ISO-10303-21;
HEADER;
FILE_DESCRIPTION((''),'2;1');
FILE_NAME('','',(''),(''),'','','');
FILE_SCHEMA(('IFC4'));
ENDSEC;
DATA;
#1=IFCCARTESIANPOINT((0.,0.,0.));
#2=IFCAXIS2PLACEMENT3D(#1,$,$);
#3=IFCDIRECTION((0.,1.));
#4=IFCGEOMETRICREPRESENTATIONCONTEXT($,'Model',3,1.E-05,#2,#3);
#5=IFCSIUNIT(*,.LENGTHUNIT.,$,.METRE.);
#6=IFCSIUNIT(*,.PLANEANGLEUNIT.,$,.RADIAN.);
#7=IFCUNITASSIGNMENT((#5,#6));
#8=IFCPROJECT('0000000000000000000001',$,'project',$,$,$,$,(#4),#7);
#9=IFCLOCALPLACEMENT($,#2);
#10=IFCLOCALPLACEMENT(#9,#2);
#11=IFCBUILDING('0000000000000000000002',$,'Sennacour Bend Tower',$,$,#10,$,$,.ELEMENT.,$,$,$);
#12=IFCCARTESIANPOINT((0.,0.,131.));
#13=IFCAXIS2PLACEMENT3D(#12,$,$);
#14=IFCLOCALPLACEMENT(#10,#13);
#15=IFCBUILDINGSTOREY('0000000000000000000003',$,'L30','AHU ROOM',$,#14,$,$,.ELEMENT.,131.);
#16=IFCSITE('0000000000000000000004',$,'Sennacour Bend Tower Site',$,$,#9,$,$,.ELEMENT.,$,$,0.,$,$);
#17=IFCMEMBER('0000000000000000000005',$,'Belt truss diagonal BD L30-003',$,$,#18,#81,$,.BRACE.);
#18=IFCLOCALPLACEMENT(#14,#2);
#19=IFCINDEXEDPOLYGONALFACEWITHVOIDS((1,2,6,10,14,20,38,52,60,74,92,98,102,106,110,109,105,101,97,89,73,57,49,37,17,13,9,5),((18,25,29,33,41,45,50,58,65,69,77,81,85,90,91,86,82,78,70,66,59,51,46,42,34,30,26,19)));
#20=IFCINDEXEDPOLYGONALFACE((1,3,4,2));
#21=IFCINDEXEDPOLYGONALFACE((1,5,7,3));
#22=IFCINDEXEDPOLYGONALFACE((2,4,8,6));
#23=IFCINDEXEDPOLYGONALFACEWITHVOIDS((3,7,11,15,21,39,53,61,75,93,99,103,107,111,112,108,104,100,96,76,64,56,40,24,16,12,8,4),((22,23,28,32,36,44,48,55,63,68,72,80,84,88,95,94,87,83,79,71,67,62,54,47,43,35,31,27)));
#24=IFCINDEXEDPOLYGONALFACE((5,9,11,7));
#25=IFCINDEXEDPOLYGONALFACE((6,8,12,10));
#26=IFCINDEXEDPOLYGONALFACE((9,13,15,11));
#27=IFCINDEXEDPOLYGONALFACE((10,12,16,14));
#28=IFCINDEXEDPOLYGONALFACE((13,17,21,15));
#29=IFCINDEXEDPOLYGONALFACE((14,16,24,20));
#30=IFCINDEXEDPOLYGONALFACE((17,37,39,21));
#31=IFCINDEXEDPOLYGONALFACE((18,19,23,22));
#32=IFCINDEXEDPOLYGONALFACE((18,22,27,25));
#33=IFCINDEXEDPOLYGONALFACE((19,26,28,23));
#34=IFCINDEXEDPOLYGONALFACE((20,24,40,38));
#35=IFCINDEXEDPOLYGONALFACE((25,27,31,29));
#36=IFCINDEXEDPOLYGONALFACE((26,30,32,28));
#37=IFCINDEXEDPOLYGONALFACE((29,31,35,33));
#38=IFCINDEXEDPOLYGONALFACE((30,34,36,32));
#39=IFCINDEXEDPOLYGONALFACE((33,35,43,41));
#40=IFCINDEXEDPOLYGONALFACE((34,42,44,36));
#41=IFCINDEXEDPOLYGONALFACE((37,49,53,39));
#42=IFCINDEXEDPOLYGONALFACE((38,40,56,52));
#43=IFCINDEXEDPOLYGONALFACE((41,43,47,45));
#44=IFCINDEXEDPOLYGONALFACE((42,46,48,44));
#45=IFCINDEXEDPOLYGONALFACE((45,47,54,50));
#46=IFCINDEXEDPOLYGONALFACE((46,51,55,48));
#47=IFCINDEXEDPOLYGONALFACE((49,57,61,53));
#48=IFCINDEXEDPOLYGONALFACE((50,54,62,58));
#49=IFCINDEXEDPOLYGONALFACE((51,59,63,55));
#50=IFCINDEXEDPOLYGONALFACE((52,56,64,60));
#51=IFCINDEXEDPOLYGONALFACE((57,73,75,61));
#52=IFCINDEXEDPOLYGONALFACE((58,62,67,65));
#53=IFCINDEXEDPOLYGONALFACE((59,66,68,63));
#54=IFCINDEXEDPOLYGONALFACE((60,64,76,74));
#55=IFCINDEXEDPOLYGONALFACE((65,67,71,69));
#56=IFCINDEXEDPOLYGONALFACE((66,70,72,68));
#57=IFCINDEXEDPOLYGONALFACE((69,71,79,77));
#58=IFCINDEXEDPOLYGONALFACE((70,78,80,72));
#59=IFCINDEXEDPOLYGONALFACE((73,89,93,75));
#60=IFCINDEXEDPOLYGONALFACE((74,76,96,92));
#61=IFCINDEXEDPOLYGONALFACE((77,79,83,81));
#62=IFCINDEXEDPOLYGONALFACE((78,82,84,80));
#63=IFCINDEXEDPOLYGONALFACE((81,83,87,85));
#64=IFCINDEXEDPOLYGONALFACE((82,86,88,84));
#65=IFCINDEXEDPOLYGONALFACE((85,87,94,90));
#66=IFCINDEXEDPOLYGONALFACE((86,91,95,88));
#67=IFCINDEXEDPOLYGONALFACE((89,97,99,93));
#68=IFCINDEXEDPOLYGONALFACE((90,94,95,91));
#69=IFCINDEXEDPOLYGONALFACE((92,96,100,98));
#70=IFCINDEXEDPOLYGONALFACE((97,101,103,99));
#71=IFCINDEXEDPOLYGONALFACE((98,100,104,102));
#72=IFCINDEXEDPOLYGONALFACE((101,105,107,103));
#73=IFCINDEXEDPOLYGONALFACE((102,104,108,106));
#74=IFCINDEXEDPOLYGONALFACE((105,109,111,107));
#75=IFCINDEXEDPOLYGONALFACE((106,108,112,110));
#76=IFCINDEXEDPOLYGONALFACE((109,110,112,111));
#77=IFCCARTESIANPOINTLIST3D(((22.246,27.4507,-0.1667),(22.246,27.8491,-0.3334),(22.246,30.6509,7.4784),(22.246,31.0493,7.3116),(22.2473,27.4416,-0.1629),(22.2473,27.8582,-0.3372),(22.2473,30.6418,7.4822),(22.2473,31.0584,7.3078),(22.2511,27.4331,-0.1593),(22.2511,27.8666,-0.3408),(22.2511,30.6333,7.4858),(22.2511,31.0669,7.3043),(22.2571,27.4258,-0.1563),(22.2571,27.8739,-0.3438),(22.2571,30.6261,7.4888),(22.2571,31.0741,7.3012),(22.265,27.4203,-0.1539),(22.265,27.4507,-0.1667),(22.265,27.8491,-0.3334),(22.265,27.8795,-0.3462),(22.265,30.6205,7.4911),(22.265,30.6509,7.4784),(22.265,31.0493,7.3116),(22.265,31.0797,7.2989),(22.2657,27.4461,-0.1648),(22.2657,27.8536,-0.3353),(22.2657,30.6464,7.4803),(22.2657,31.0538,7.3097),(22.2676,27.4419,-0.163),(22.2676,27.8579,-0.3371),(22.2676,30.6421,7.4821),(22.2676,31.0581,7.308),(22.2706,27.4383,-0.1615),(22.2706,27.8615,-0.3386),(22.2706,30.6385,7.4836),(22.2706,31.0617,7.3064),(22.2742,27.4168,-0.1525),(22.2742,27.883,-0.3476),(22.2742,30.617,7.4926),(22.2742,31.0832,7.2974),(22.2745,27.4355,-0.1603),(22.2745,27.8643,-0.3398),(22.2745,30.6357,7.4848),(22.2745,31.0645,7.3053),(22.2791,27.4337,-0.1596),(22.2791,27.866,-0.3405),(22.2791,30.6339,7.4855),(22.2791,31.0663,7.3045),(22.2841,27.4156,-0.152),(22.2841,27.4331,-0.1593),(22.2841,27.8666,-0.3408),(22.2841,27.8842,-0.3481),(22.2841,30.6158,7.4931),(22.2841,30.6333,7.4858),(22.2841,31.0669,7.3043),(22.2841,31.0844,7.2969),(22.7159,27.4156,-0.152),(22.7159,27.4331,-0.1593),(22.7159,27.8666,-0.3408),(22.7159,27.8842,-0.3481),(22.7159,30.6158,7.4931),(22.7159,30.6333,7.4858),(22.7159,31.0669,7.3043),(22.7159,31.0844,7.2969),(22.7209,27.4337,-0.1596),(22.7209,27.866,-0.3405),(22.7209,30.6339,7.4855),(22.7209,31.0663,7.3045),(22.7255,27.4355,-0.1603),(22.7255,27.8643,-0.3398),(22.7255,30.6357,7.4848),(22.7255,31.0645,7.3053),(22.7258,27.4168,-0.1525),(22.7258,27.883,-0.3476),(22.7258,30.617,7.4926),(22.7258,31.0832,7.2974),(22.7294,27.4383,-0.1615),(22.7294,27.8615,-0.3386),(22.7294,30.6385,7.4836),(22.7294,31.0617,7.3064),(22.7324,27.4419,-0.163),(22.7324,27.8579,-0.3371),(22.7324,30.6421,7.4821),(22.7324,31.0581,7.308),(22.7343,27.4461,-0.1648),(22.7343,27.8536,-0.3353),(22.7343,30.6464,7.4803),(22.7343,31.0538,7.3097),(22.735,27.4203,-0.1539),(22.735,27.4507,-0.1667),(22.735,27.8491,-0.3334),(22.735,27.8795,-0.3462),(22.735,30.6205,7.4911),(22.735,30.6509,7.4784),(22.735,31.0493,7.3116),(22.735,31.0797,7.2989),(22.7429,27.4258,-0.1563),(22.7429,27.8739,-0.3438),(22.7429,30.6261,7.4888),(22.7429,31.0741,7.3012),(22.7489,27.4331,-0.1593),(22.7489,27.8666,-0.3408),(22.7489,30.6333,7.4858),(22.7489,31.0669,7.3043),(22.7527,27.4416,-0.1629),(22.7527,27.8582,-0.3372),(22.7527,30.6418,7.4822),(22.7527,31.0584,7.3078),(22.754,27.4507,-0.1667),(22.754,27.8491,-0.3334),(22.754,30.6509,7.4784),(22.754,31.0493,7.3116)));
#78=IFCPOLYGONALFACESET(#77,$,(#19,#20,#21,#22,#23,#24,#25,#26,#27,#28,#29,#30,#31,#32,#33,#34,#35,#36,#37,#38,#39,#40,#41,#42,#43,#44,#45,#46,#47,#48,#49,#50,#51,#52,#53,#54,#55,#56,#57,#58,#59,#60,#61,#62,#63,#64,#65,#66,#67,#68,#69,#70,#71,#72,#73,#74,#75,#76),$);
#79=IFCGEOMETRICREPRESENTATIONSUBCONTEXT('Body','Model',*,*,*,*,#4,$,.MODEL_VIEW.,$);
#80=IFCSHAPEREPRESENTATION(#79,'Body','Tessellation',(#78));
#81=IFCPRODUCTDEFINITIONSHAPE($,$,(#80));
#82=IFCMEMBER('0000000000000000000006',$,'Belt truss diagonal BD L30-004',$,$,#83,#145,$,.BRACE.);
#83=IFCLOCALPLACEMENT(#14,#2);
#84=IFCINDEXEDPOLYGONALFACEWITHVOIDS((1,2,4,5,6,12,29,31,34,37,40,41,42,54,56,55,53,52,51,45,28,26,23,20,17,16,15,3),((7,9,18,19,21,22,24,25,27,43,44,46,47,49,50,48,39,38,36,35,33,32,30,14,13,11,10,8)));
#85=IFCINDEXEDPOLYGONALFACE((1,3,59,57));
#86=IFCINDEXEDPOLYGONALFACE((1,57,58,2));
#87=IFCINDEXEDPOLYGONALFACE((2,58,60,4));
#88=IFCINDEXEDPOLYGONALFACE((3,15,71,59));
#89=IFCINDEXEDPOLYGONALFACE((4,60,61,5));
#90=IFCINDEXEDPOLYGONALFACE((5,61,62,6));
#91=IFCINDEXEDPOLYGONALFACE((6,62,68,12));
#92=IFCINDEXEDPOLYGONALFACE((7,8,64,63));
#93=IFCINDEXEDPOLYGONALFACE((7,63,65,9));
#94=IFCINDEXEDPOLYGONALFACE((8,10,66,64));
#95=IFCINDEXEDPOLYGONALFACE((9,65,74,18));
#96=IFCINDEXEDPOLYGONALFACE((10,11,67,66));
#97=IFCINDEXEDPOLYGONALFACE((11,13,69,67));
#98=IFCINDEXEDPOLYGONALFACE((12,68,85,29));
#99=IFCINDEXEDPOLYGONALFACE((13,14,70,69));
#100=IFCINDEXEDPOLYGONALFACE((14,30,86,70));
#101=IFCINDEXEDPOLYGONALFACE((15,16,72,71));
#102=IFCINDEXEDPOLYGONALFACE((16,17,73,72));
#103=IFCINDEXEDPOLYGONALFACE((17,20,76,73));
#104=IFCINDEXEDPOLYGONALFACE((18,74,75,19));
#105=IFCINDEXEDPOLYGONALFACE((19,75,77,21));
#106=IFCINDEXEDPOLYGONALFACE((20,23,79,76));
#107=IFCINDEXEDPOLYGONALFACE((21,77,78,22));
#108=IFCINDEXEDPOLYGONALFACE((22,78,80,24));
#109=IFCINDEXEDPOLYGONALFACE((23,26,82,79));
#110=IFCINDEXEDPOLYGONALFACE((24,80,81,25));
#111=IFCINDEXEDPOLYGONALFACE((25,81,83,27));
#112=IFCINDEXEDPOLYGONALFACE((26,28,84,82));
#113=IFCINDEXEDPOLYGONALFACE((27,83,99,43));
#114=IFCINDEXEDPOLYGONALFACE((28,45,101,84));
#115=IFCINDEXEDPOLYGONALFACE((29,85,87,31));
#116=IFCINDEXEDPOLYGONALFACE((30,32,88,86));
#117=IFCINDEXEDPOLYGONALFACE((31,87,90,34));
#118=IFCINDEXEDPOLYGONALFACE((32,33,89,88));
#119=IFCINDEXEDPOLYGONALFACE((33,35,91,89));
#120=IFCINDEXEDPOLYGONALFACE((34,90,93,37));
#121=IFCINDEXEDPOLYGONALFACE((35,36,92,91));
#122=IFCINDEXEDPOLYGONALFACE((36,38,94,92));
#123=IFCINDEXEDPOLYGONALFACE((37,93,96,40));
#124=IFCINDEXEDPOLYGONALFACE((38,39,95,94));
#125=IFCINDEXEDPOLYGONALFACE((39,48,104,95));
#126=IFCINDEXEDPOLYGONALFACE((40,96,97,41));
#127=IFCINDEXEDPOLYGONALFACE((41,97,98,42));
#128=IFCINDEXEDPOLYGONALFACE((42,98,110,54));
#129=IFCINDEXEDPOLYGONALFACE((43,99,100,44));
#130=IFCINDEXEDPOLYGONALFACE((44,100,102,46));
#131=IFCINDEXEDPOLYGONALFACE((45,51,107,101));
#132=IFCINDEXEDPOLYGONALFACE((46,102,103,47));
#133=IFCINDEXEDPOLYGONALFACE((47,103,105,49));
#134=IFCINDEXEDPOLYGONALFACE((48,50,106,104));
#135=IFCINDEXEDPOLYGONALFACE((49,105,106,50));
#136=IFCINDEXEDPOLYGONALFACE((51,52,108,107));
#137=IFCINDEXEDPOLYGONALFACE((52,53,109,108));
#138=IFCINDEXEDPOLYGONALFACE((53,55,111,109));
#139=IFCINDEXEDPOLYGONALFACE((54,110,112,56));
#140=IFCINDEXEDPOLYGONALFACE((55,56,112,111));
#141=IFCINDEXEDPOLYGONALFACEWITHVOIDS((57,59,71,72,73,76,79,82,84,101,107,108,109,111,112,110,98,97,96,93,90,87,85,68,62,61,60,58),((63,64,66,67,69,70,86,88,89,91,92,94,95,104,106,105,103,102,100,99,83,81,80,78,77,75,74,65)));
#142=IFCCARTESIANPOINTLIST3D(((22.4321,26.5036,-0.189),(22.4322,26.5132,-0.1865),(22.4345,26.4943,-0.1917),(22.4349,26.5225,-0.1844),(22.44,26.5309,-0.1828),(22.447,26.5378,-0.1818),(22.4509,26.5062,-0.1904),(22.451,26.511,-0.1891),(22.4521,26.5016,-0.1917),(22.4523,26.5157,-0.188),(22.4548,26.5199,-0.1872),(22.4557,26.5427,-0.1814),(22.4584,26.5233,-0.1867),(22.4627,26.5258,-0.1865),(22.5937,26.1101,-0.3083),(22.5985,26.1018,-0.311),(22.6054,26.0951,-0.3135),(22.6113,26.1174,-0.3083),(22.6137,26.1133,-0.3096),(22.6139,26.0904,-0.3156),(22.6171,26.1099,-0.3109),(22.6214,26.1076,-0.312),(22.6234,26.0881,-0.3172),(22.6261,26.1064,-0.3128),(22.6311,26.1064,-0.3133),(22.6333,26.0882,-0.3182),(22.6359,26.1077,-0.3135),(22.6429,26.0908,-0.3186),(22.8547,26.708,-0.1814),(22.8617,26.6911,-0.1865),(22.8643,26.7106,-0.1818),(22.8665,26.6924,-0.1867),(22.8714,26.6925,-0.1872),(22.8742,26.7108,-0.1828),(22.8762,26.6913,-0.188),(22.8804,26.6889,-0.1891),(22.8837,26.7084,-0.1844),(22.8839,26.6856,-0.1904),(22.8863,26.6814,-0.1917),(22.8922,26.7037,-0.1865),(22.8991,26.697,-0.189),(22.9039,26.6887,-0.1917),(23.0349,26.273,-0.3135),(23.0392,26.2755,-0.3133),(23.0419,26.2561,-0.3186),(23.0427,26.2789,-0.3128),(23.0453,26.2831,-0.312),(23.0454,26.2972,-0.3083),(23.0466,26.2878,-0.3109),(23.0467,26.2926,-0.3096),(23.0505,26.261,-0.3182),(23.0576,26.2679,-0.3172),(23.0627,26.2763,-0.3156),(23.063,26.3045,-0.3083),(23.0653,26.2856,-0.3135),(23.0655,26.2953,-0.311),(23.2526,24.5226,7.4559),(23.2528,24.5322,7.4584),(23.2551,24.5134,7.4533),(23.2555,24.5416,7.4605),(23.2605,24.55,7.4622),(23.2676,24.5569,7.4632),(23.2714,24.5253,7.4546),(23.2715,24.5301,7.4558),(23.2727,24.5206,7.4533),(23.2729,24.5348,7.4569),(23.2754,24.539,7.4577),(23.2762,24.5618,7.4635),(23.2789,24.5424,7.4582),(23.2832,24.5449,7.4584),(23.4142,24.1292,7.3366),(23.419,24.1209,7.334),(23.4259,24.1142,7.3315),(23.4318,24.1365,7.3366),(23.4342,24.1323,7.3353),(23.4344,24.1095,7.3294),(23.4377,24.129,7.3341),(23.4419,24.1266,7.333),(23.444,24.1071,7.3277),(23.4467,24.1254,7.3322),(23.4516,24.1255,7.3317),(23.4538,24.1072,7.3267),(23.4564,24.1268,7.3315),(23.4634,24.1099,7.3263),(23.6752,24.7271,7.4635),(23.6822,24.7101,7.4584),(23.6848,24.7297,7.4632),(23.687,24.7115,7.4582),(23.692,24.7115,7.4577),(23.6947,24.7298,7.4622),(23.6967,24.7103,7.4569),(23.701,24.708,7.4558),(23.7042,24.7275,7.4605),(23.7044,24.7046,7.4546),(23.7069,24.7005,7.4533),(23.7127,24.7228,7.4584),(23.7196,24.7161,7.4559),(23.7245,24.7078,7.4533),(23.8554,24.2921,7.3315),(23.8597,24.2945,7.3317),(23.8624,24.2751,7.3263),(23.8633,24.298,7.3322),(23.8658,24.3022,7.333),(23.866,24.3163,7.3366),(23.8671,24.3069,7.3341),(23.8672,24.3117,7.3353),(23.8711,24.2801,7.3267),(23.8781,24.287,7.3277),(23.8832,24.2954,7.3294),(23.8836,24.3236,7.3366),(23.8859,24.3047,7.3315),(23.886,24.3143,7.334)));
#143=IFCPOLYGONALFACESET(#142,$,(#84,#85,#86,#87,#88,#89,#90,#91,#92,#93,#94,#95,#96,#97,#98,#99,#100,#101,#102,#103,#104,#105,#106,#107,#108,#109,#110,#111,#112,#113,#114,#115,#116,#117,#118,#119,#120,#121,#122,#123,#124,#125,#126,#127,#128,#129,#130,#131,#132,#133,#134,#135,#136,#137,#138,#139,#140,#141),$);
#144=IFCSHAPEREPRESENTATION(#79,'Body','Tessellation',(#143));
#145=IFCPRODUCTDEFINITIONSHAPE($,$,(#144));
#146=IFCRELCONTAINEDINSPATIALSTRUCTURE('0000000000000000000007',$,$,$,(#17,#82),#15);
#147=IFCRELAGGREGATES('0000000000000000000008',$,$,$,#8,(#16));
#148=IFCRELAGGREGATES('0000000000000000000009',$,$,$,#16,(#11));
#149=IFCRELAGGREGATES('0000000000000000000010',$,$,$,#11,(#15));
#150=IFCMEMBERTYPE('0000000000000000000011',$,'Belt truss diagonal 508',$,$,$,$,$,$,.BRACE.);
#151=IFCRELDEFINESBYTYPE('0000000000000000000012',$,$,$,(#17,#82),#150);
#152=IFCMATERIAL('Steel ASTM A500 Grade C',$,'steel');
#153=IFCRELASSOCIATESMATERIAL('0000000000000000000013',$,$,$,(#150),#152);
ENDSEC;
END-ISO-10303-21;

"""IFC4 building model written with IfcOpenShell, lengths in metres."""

from ifc_helpers import new_model, si_unit, direction, frame, origin, origin_2d, place, context, subcontext, project, spatial, hollow_rectangle, extrude, material, material_profile, profile_set, type_object, element, save


model = new_model("IFC4")

# Units and contexts
model_context = context("Model", 3, precision=1e-05, world=origin(), true_north=direction((0.0, 1.0)))
body_context = subcontext(model_context, "Body", "Model", "MODEL_VIEW")
ifc_project = project(units=[si_unit("LENGTHUNIT", "METRE"), si_unit("PLANEANGLEUNIT", "RADIAN")], contexts=[model_context])

# Site, building, storey
site_placement = place(None, origin())
site = spatial("IfcSite", under=ifc_project, at=site_placement, Name="Sennacour Bend Tower Site", CompositionType="ELEMENT", RefElevation=0.0)
building_placement = place(site_placement, origin())
building = spatial("IfcBuilding", under=site, at=building_placement, Name="Sennacour Bend Tower", CompositionType="ELEMENT")
storey_placement = place(building_placement, frame((0.0, 0.0, 131.0)))
storey = spatial("IfcBuildingStorey", under=building, at=storey_placement, Name="L30", Description="AHU ROOM", CompositionType="ELEMENT", Elevation=131.0)

# Members
ifc_material_1 = material(Name="Steel ASTM A500 Grade C", Category="steel")
ifc_material_profile_1 = material_profile(ifc_material_1, hollow_rectangle(XDim=0.5081, YDim=0.5081, WallThickness=0.019, InnerFilletRadius=0.019, OuterFilletRadius=0.0381, at=origin_2d()), Name="Steel ASTM A500 Grade C", Category="steel")
ifc_profile_set_1 = profile_set([ifc_material_profile_1], Name="Steel ASTM A500 Grade C")
member_type_1 = type_object("IfcMemberType", Name="Belt truss diagonal 508", PredefinedType="BRACE", material=ifc_profile_set_1)
member_1_placement = place(storey_placement, frame((22.5, 30.8501, 7.395), z_axis=(0.0, -0.386133, -0.922443), x_axis=(1.0, 0.0, 0.0)))
element("IfcMember", 1, at=member_1_placement, inside=storey, type_object=member_type_1, Name="Belt truss diagonal BD L30-003", PredefinedType="BRACE", context=body_context, shape_type="SweptSolid", body=[
    extrude(hollow_rectangle(XDim=0.5081, YDim=0.5081, WallThickness=0.019, InnerFilletRadius=0.019, OuterFilletRadius=0.0381, at=origin_2d()), origin(), (0.0, 0.0, 1.0), 8.2878),
])
for number, where, z_axis, x_axis, name in (
    (2, (22.7488, 26.3994, -0.25), (0.103344, -0.24949, 0.962847), (0.923877, 0.38269, 0.0), "Belt truss diagonal BD L30-004"),
):
    element("IfcMember", number, at=place(storey_placement, frame(where, z_axis=z_axis, x_axis=x_axis)), inside=storey, type_object=member_type_1, Name=name, PredefinedType="BRACE", context=body_context, shape_type="SweptSolid", body=[
        extrude(hollow_rectangle(XDim=0.5081, YDim=0.5081, WallThickness=0.019, InnerFilletRadius=0.019, OuterFilletRadius=0.0381, at=origin_2d()), origin(), (0.0, 0.0, 1.0), 7.9399),
    ])

save(model, "model.ifc")
